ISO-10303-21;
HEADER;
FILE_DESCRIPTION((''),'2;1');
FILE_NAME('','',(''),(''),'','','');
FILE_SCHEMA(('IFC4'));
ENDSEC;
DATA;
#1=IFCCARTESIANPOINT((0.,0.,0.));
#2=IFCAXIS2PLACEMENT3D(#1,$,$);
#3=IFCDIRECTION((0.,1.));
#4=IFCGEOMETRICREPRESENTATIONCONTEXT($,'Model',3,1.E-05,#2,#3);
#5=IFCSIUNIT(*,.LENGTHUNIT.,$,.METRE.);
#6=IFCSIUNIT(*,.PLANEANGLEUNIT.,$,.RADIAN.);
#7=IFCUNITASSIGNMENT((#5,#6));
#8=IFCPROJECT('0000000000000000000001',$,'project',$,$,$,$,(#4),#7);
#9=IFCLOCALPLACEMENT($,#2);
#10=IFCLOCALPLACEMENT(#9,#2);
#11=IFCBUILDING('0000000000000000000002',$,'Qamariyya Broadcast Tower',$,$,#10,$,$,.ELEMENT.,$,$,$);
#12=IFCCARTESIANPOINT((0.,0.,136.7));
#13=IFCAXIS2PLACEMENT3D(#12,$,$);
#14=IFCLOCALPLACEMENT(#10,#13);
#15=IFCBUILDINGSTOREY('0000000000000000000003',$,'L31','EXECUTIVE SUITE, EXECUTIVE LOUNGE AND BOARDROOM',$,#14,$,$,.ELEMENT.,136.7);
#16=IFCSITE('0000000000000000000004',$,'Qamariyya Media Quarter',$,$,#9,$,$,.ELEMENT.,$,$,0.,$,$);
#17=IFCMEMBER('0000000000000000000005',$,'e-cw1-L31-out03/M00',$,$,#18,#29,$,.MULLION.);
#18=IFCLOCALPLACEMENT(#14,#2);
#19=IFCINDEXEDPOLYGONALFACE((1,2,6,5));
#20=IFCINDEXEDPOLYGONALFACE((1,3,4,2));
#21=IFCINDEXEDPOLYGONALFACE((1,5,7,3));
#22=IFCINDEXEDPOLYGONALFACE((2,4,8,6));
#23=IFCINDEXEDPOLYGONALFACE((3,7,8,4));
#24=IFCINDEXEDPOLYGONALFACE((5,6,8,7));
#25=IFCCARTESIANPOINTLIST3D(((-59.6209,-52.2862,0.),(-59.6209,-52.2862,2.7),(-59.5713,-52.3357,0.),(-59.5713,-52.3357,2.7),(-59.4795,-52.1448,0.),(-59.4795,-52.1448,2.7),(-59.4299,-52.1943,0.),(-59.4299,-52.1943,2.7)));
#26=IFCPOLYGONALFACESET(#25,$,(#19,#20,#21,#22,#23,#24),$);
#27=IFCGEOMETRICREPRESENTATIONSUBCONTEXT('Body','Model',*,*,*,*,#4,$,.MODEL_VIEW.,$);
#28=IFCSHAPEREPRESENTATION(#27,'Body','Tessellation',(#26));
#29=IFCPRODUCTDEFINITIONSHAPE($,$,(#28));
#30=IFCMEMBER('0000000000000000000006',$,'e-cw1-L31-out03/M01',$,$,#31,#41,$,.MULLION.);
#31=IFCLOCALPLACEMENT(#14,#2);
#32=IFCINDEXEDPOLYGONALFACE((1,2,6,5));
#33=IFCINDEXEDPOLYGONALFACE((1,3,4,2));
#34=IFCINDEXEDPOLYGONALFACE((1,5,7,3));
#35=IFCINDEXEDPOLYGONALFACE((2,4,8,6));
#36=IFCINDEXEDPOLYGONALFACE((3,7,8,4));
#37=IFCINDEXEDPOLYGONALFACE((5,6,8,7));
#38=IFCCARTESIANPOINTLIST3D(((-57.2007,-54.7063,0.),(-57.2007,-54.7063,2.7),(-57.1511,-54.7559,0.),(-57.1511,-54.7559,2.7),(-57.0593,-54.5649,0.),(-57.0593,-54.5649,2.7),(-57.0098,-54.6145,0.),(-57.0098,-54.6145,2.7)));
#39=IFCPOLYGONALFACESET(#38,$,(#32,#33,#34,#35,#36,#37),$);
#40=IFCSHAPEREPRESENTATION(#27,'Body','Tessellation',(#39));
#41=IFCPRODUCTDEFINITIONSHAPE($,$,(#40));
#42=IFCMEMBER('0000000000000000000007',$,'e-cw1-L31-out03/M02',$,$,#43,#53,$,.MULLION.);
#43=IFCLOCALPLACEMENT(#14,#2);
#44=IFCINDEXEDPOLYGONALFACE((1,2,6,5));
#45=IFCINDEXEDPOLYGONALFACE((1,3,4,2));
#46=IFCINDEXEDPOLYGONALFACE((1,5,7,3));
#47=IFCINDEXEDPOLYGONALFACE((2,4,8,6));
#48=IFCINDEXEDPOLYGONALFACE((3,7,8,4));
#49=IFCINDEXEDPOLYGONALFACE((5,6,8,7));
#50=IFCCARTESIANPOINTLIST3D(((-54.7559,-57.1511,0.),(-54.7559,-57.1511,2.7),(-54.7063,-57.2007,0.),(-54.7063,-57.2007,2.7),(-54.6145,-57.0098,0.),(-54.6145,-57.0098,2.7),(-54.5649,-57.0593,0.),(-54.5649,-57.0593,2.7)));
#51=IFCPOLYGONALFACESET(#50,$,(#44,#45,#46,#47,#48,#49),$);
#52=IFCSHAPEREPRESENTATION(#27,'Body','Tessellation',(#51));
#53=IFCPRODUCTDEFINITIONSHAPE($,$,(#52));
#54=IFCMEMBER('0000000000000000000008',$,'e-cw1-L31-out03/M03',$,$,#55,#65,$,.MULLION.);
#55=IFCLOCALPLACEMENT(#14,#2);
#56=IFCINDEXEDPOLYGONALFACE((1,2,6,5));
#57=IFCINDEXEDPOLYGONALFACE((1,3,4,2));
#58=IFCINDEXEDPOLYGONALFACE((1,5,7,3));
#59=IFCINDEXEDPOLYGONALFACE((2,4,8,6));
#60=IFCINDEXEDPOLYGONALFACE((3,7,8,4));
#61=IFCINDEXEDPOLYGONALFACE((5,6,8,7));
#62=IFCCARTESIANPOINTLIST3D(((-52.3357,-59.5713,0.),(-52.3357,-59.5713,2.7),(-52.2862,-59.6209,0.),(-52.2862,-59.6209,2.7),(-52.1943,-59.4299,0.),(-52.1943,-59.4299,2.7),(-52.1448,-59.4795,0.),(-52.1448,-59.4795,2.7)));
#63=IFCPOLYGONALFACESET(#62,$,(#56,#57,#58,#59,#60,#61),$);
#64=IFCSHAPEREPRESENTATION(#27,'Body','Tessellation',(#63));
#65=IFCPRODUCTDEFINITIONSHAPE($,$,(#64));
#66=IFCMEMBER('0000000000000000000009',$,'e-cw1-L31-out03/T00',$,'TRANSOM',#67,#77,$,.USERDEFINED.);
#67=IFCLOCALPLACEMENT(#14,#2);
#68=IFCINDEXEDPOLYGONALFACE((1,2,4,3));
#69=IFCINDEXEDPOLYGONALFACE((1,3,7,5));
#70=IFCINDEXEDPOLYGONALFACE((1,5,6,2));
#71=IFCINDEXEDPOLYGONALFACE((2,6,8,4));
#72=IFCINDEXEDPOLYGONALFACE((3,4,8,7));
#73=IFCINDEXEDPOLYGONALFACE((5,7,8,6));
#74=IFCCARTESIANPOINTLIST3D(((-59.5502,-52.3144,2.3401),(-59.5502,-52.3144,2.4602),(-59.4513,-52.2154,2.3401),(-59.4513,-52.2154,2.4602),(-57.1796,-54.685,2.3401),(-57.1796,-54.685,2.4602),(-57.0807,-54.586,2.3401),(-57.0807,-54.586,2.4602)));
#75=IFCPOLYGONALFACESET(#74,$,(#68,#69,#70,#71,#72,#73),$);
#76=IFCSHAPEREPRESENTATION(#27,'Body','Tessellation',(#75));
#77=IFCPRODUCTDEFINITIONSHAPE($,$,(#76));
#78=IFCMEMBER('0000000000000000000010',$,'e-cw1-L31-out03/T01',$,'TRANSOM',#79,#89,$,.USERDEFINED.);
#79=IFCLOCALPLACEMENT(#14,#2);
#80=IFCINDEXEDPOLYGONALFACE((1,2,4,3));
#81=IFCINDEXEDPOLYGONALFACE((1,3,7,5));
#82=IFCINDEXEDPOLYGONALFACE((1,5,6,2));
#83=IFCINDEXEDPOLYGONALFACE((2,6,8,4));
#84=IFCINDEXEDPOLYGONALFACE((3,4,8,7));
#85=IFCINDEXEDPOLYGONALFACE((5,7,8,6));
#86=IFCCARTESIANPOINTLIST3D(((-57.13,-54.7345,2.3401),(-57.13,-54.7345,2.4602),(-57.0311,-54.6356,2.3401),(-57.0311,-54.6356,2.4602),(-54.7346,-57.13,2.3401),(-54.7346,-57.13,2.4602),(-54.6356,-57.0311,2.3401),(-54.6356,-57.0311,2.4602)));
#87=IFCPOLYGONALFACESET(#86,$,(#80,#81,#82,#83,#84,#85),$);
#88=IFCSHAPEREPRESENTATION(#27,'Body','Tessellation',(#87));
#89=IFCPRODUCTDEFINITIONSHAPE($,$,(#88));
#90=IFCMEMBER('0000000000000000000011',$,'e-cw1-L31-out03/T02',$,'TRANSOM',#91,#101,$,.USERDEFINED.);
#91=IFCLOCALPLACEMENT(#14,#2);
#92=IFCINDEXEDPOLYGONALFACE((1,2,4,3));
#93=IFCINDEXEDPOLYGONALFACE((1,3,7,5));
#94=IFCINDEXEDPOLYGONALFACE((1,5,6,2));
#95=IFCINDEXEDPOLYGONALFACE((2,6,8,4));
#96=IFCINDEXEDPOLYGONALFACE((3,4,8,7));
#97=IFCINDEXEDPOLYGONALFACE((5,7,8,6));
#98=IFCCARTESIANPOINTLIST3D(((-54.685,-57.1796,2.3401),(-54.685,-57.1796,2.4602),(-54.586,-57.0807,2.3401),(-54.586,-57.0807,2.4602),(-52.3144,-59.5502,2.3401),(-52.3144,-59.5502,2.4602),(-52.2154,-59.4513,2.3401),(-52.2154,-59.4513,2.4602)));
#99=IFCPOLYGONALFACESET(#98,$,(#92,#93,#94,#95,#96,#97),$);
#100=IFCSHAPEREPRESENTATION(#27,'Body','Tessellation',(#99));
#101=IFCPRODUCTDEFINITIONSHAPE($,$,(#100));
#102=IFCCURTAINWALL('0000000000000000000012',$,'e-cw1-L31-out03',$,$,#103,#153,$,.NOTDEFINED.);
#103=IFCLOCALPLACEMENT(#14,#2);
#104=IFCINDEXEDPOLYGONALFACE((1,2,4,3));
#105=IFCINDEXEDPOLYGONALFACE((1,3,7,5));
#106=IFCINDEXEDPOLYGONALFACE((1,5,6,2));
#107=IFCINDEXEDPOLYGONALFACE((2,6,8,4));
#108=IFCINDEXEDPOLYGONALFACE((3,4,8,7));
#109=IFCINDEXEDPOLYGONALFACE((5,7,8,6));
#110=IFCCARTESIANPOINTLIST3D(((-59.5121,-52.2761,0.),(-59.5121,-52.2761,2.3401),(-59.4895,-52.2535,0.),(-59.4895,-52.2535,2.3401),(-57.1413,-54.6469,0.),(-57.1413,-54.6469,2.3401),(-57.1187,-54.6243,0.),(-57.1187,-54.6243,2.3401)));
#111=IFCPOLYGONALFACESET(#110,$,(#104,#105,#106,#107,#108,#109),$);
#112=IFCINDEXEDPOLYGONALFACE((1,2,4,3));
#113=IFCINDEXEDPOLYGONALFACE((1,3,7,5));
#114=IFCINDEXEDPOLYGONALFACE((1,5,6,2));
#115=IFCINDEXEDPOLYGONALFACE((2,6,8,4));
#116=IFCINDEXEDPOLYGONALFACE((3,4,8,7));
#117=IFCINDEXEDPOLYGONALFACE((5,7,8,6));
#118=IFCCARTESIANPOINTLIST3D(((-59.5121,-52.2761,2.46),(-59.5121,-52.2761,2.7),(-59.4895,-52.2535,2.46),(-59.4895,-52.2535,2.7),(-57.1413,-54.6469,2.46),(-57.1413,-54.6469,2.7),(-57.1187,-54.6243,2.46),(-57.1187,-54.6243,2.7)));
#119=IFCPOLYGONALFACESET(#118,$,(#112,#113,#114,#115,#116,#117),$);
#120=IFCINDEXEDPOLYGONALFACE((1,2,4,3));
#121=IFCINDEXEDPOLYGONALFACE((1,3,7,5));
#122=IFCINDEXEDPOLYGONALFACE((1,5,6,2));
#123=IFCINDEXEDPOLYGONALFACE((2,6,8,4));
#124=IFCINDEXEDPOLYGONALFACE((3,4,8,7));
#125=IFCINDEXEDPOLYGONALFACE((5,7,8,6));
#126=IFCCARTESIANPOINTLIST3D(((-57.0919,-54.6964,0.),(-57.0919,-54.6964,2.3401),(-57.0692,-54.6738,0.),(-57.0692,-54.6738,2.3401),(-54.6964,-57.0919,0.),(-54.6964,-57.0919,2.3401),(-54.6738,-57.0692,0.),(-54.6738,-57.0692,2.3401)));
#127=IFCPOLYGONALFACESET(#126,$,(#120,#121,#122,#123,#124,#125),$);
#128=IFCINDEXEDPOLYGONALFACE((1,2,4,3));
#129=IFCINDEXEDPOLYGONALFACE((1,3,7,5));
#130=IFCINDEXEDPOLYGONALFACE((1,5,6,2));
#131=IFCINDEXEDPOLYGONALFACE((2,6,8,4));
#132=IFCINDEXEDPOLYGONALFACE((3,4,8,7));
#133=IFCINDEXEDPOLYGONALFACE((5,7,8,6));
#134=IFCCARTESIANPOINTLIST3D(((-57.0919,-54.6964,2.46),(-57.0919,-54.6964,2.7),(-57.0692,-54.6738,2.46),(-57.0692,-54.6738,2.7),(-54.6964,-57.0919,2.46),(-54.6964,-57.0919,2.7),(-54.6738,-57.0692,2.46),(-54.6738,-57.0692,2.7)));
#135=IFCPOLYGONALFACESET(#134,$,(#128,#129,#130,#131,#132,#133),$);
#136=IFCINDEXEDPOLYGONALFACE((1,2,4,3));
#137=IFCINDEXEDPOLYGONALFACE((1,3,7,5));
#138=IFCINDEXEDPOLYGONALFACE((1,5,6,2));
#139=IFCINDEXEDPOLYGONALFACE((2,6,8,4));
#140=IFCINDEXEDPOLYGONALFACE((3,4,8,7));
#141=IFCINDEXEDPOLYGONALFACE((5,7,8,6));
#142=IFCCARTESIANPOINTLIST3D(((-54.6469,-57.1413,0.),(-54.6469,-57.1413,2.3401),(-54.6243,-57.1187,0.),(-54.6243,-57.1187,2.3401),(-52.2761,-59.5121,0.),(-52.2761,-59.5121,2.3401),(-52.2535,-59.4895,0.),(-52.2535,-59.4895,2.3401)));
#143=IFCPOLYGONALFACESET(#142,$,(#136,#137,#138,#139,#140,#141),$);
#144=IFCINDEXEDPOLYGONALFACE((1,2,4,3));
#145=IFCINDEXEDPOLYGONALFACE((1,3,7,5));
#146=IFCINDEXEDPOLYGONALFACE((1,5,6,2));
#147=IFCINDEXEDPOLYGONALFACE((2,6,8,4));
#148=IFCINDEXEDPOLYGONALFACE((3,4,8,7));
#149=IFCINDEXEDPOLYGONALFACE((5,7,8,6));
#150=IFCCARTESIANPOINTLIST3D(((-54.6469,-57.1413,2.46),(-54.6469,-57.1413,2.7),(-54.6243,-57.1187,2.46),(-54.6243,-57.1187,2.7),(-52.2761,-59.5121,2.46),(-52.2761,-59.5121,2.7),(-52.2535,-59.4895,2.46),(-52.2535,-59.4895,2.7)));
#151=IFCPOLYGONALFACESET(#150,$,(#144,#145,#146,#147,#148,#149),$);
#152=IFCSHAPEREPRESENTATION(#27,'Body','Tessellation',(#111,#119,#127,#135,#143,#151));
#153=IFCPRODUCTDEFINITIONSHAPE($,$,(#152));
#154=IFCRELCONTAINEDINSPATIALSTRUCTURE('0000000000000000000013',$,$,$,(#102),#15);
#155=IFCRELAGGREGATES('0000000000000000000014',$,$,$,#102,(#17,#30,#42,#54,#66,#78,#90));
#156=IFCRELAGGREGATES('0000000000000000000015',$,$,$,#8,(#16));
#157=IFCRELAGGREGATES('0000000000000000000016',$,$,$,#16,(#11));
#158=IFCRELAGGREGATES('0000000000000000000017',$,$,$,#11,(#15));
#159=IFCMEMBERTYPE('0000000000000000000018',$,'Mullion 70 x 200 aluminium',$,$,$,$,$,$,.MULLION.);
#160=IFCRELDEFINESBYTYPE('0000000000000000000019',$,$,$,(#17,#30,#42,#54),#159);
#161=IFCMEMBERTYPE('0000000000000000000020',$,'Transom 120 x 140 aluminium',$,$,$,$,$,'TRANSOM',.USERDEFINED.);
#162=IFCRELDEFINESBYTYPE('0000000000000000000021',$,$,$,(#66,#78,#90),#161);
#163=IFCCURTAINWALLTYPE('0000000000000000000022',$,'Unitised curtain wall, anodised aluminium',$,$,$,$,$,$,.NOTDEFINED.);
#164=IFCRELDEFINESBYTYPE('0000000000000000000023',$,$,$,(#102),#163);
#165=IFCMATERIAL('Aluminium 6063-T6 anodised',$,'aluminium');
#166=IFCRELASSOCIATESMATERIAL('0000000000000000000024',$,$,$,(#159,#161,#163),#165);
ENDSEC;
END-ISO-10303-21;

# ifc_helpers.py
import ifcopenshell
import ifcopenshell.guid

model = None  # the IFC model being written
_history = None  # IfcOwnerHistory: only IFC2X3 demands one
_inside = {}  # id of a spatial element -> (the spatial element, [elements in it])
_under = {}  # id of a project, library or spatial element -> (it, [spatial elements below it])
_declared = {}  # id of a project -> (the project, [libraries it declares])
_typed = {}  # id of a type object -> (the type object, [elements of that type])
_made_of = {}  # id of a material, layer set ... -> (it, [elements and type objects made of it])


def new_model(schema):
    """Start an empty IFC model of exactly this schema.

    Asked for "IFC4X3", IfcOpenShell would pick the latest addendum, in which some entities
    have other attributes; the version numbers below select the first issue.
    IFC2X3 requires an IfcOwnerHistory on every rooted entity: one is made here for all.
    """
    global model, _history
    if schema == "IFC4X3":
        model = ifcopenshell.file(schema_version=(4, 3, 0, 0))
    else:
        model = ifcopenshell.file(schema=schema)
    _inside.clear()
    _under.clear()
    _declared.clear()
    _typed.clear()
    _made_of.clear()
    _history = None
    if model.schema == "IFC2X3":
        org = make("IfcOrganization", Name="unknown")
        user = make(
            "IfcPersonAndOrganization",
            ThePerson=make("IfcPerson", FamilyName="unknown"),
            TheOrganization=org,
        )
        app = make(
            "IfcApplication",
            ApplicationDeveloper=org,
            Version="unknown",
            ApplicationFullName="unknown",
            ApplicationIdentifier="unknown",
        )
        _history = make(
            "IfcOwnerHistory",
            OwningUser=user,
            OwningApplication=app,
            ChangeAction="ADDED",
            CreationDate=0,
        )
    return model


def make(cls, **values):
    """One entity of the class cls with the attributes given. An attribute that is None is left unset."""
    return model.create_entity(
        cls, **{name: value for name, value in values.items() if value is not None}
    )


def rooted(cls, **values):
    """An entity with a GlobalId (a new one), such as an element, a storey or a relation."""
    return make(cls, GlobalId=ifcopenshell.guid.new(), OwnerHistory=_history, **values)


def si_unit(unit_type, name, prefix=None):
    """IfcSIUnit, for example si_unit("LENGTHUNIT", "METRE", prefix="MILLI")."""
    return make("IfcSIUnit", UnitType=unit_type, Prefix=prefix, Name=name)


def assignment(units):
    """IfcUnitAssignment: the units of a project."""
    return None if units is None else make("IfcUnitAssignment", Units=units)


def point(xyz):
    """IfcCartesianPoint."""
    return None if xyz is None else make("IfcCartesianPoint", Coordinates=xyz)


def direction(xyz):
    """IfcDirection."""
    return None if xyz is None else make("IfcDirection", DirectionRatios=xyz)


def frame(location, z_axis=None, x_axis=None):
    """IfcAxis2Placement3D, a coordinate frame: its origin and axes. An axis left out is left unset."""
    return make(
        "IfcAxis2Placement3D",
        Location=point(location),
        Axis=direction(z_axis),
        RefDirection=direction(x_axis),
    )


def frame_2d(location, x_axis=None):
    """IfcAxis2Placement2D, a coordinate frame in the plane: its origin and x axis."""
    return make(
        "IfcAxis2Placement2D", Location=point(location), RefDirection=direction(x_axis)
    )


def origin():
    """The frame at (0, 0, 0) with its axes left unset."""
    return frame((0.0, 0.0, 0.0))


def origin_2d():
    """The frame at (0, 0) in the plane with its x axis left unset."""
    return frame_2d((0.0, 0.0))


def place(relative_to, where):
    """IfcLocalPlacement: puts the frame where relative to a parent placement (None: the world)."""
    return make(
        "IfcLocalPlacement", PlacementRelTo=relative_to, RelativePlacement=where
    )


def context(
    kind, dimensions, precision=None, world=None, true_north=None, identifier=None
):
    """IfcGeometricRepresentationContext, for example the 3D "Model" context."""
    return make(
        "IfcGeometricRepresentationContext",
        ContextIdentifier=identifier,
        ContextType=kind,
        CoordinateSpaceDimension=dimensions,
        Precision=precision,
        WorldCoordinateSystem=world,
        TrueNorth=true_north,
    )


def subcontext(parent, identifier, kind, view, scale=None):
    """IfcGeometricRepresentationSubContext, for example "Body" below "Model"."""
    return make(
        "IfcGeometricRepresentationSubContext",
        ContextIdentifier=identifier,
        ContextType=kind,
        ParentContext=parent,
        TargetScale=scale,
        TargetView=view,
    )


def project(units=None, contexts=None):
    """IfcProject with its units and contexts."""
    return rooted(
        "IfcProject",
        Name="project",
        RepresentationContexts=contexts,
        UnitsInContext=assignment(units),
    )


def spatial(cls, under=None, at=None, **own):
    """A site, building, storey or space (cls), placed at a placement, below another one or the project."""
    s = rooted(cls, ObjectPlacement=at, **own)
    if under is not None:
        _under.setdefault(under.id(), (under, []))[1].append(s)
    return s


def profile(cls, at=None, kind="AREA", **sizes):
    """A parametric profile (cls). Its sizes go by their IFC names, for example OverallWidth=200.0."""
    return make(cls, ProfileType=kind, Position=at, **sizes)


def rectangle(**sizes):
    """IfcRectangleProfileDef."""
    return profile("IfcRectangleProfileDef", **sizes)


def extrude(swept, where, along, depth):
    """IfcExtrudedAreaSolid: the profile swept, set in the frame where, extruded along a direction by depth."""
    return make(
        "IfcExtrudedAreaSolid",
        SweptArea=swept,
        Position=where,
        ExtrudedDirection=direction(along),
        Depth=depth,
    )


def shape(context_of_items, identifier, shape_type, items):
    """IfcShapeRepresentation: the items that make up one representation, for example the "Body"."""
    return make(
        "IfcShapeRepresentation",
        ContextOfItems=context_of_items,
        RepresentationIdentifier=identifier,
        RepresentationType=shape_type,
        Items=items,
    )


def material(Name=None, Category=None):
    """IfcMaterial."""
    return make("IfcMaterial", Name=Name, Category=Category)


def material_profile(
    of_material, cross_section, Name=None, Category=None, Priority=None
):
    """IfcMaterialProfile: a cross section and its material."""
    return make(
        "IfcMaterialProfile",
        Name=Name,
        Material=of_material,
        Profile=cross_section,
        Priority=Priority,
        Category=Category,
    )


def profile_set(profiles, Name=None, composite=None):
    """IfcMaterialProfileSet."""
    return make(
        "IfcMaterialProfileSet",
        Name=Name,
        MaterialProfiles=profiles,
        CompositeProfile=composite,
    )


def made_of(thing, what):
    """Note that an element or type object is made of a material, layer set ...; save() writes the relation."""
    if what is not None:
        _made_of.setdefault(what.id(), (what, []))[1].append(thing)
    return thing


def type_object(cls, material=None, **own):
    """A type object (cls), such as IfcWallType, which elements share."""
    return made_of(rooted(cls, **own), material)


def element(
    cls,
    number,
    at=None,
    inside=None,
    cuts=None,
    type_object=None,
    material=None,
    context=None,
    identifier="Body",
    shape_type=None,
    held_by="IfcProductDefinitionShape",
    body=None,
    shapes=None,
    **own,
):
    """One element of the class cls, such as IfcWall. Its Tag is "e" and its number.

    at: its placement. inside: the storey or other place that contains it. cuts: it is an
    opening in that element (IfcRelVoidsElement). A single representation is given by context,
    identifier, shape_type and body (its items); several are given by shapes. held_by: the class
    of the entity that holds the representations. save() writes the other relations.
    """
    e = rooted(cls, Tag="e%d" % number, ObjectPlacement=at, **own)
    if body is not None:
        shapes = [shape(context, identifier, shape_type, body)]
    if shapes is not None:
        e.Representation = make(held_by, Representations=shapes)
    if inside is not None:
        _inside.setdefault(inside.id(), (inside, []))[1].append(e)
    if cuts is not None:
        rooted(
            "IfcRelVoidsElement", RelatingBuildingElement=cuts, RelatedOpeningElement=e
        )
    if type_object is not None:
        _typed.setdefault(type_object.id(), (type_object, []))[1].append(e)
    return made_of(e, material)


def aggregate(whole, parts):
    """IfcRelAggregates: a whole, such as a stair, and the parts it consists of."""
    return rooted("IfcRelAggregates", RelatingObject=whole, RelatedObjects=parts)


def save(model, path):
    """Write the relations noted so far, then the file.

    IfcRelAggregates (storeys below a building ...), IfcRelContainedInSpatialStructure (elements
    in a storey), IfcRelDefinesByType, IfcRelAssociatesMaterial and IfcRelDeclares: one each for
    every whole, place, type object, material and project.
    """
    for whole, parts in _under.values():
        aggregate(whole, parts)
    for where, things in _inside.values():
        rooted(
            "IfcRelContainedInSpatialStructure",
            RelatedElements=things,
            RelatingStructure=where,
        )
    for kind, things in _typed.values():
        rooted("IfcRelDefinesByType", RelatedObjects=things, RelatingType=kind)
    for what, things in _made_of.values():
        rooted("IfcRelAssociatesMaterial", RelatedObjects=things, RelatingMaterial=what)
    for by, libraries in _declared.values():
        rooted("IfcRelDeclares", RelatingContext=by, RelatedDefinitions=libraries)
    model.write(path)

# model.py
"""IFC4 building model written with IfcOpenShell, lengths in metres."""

from ifc_helpers import new_model, si_unit, direction, frame, origin, origin_2d, place, context, subcontext, project, spatial, rectangle, extrude, material, material_profile, profile_set, type_object, element, aggregate, save


model = new_model("IFC4")

# Units and contexts
model_context = context("Model", 3, precision=1e-05, world=origin(), true_north=direction((0.0, 1.0)))
body_context = subcontext(model_context, "Body", "Model", "MODEL_VIEW")
ifc_project = project(units=[si_unit("LENGTHUNIT", "METRE"), si_unit("PLANEANGLEUNIT", "RADIAN")], contexts=[model_context])

# Members
ifc_material = material(Name="Aluminium 6063-T6 anodised", Category="aluminium")
ifc_material_profile_1 = material_profile(ifc_material, rectangle(XDim=0.2, YDim=0.0701, at=origin_2d()))
ifc_profile_set_1 = profile_set([ifc_material_profile_1], Name="Aluminium 6063-T6 anodised")
member_type_1 = type_object("IfcMemberType", Name="Mullion 70 x 200 aluminium", PredefinedType="MULLION", material=ifc_profile_set_1)
site_placement = place(None, origin())
building_placement = place(site_placement, origin())
storey_placement = place(building_placement, frame((0.0, 0.0, 136.7)))
member_1_placement = place(storey_placement, frame((-59.5254, -52.2402, 0.0), z_axis=(0.0, 0.0, 1.0), x_axis=(0.707107, 0.707107, 0.0)))
member_1 = element("IfcMember", 1, at=member_1_placement, type_object=member_type_1, Name="e-cw1-L31-out03/M00", PredefinedType="MULLION", context=body_context, shape_type="SweptSolid", body=[
    extrude(rectangle(XDim=0.2, YDim=0.0701, at=origin_2d()), origin(), (0.0, 0.0, 1.0), 2.7),
])
member_2_placement = place(storey_placement, frame((-57.1052, -54.6604, 0.0), z_axis=(0.0, 0.0, 1.0), x_axis=(0.707107, 0.707107, 0.0)))
member_2 = element("IfcMember", 2, at=member_2_placement, type_object=member_type_1, Name="e-cw1-L31-out03/M01", PredefinedType="MULLION", context=body_context, shape_type="SweptSolid", body=[
    extrude(rectangle(XDim=0.2, YDim=0.0701, at=origin_2d()), origin(), (0.0, 0.0, 1.0), 2.7),
])
member_3_placement = place(storey_placement, frame((-54.6604, -57.1052, 0.0), z_axis=(0.0, 0.0, 1.0), x_axis=(0.707107, 0.707107, 0.0)))
member_3 = element("IfcMember", 3, at=member_3_placement, type_object=member_type_1, Name="e-cw1-L31-out03/M02", PredefinedType="MULLION", context=body_context, shape_type="SweptSolid", body=[
    extrude(rectangle(XDim=0.2, YDim=0.0701, at=origin_2d()), origin(), (0.0, 0.0, 1.0), 2.7),
])
member_4_placement = place(storey_placement, frame((-52.2402, -59.5254, 0.0), z_axis=(0.0, 0.0, 1.0), x_axis=(0.707107, 0.707107, 0.0)))
member_4 = element("IfcMember", 4, at=member_4_placement, type_object=member_type_1, Name="e-cw1-L31-out03/M03", PredefinedType="MULLION", context=body_context, shape_type="SweptSolid", body=[
    extrude(rectangle(XDim=0.2, YDim=0.0701, at=origin_2d()), origin(), (0.0, 0.0, 1.0), 2.7),
])
ifc_material_profile_2 = material_profile(ifc_material, rectangle(XDim=0.1399, YDim=0.1201, at=origin_2d()))
ifc_profile_set_2 = profile_set([ifc_material_profile_2], Name="Aluminium 6063-T6 anodised")
member_type_2 = type_object("IfcMemberType", Name="Transom 120 x 140 aluminium", ElementType="TRANSOM", PredefinedType="USERDEFINED", material=ifc_profile_set_2)
member_5_placement = place(storey_placement, frame((-59.5007, -52.2649, 2.4001), z_axis=(0.707107, -0.707107, 0.0), x_axis=(0.707107, 0.707107, 0.0)))
member_5 = element("IfcMember", 5, at=member_5_placement, type_object=member_type_2, Name="e-cw1-L31-out03/T00", ObjectType="TRANSOM", PredefinedType="USERDEFINED", context=body_context, shape_type="SweptSolid", body=[
    extrude(rectangle(XDim=0.1399, YDim=0.1201, at=origin_2d()), origin(), (0.0, 0.0, 1.0), 3.3525),
])
member_6_placement = place(storey_placement, frame((-57.0806, -54.6851, 2.4001), z_axis=(0.707107, -0.707107, 0.0), x_axis=(0.707107, 0.707107, 0.0)))
member_6 = element("IfcMember", 6, at=member_6_placement, type_object=member_type_2, Name="e-cw1-L31-out03/T01", ObjectType="TRANSOM", PredefinedType="USERDEFINED", context=body_context, shape_type="SweptSolid", body=[
    extrude(rectangle(XDim=0.1399, YDim=0.1201, at=origin_2d()), origin(), (0.0, 0.0, 1.0), 3.3877),
])
member_7_placement = place(storey_placement, frame((-54.6355, -57.1301, 2.4001), z_axis=(0.707107, -0.707107, 0.0), x_axis=(0.707107, 0.707107, 0.0)))
member_7 = element("IfcMember", 7, at=member_7_placement, type_object=member_type_2, Name="e-cw1-L31-out03/T02", ObjectType="TRANSOM", PredefinedType="USERDEFINED", context=body_context, shape_type="SweptSolid", body=[
    extrude(rectangle(XDim=0.1399, YDim=0.1201, at=origin_2d()), origin(), (0.0, 0.0, 1.0), 3.3525),
])

# Site, building, storey
site = spatial("IfcSite", under=ifc_project, at=site_placement, Name="Qamariyya Media Quarter", CompositionType="ELEMENT", RefElevation=0.0)
building = spatial("IfcBuilding", under=site, at=building_placement, Name="Qamariyya Broadcast Tower", CompositionType="ELEMENT")
storey = spatial("IfcBuildingStorey", under=building, at=storey_placement, Name="L31", Description="EXECUTIVE SUITE, EXECUTIVE LOUNGE AND BOARDROOM", CompositionType="ELEMENT", Elevation=136.7)

# Curtain wall
curtain_wall_type = type_object("IfcCurtainWallType", Name="Unitised curtain wall, anodised aluminium", PredefinedType="NOTDEFINED", material=ifc_material)
curtain_wall_1_placement = place(storey_placement, origin())
curtain_wall_1 = element("IfcCurtainWall", 8, at=curtain_wall_1_placement, inside=storey, type_object=curtain_wall_type, Name="e-cw1-L31-out03", PredefinedType="NOTDEFINED", context=body_context, shape_type="SweptSolid", body=[
    extrude(rectangle(XDim=3.3528, YDim=0.032, at=origin_2d()), frame((-58.3154, -53.4502, 0.0), x_axis=(0.707107, -0.707107, 0.0)), (0.0, 0.0, 1.0), 2.3401),
    extrude(rectangle(XDim=3.3528, YDim=0.032, at=origin_2d()), frame((-58.3154, -53.4502, 2.46), x_axis=(0.707107, -0.707107, 0.0)), (0.0, 0.0, 1.0), 0.24),
    extrude(rectangle(XDim=3.3877, YDim=0.032, at=origin_2d()), frame((-55.8828, -55.8828, 0.0), x_axis=(0.707107, -0.707107, 0.0)), (0.0, 0.0, 1.0), 2.3401),
    extrude(rectangle(XDim=3.3877, YDim=0.032, at=origin_2d()), frame((-55.8828, -55.8828, 2.46), x_axis=(0.707107, -0.707107, 0.0)), (0.0, 0.0, 1.0), 0.24),
    extrude(rectangle(XDim=3.3528, YDim=0.032, at=origin_2d()), frame((-53.4502, -58.3154, 0.0), x_axis=(0.707107, -0.707107, 0.0)), (0.0, 0.0, 1.0), 2.3401),
    extrude(rectangle(XDim=3.3528, YDim=0.032, at=origin_2d()), frame((-53.4502, -58.3154, 2.46), x_axis=(0.707107, -0.707107, 0.0)), (0.0, 0.0, 1.0), 0.24),
])
aggregate(curtain_wall_1, [member_1, member_2, member_3, member_4, member_5, member_6, member_7])

save(model, "model.ifc")
